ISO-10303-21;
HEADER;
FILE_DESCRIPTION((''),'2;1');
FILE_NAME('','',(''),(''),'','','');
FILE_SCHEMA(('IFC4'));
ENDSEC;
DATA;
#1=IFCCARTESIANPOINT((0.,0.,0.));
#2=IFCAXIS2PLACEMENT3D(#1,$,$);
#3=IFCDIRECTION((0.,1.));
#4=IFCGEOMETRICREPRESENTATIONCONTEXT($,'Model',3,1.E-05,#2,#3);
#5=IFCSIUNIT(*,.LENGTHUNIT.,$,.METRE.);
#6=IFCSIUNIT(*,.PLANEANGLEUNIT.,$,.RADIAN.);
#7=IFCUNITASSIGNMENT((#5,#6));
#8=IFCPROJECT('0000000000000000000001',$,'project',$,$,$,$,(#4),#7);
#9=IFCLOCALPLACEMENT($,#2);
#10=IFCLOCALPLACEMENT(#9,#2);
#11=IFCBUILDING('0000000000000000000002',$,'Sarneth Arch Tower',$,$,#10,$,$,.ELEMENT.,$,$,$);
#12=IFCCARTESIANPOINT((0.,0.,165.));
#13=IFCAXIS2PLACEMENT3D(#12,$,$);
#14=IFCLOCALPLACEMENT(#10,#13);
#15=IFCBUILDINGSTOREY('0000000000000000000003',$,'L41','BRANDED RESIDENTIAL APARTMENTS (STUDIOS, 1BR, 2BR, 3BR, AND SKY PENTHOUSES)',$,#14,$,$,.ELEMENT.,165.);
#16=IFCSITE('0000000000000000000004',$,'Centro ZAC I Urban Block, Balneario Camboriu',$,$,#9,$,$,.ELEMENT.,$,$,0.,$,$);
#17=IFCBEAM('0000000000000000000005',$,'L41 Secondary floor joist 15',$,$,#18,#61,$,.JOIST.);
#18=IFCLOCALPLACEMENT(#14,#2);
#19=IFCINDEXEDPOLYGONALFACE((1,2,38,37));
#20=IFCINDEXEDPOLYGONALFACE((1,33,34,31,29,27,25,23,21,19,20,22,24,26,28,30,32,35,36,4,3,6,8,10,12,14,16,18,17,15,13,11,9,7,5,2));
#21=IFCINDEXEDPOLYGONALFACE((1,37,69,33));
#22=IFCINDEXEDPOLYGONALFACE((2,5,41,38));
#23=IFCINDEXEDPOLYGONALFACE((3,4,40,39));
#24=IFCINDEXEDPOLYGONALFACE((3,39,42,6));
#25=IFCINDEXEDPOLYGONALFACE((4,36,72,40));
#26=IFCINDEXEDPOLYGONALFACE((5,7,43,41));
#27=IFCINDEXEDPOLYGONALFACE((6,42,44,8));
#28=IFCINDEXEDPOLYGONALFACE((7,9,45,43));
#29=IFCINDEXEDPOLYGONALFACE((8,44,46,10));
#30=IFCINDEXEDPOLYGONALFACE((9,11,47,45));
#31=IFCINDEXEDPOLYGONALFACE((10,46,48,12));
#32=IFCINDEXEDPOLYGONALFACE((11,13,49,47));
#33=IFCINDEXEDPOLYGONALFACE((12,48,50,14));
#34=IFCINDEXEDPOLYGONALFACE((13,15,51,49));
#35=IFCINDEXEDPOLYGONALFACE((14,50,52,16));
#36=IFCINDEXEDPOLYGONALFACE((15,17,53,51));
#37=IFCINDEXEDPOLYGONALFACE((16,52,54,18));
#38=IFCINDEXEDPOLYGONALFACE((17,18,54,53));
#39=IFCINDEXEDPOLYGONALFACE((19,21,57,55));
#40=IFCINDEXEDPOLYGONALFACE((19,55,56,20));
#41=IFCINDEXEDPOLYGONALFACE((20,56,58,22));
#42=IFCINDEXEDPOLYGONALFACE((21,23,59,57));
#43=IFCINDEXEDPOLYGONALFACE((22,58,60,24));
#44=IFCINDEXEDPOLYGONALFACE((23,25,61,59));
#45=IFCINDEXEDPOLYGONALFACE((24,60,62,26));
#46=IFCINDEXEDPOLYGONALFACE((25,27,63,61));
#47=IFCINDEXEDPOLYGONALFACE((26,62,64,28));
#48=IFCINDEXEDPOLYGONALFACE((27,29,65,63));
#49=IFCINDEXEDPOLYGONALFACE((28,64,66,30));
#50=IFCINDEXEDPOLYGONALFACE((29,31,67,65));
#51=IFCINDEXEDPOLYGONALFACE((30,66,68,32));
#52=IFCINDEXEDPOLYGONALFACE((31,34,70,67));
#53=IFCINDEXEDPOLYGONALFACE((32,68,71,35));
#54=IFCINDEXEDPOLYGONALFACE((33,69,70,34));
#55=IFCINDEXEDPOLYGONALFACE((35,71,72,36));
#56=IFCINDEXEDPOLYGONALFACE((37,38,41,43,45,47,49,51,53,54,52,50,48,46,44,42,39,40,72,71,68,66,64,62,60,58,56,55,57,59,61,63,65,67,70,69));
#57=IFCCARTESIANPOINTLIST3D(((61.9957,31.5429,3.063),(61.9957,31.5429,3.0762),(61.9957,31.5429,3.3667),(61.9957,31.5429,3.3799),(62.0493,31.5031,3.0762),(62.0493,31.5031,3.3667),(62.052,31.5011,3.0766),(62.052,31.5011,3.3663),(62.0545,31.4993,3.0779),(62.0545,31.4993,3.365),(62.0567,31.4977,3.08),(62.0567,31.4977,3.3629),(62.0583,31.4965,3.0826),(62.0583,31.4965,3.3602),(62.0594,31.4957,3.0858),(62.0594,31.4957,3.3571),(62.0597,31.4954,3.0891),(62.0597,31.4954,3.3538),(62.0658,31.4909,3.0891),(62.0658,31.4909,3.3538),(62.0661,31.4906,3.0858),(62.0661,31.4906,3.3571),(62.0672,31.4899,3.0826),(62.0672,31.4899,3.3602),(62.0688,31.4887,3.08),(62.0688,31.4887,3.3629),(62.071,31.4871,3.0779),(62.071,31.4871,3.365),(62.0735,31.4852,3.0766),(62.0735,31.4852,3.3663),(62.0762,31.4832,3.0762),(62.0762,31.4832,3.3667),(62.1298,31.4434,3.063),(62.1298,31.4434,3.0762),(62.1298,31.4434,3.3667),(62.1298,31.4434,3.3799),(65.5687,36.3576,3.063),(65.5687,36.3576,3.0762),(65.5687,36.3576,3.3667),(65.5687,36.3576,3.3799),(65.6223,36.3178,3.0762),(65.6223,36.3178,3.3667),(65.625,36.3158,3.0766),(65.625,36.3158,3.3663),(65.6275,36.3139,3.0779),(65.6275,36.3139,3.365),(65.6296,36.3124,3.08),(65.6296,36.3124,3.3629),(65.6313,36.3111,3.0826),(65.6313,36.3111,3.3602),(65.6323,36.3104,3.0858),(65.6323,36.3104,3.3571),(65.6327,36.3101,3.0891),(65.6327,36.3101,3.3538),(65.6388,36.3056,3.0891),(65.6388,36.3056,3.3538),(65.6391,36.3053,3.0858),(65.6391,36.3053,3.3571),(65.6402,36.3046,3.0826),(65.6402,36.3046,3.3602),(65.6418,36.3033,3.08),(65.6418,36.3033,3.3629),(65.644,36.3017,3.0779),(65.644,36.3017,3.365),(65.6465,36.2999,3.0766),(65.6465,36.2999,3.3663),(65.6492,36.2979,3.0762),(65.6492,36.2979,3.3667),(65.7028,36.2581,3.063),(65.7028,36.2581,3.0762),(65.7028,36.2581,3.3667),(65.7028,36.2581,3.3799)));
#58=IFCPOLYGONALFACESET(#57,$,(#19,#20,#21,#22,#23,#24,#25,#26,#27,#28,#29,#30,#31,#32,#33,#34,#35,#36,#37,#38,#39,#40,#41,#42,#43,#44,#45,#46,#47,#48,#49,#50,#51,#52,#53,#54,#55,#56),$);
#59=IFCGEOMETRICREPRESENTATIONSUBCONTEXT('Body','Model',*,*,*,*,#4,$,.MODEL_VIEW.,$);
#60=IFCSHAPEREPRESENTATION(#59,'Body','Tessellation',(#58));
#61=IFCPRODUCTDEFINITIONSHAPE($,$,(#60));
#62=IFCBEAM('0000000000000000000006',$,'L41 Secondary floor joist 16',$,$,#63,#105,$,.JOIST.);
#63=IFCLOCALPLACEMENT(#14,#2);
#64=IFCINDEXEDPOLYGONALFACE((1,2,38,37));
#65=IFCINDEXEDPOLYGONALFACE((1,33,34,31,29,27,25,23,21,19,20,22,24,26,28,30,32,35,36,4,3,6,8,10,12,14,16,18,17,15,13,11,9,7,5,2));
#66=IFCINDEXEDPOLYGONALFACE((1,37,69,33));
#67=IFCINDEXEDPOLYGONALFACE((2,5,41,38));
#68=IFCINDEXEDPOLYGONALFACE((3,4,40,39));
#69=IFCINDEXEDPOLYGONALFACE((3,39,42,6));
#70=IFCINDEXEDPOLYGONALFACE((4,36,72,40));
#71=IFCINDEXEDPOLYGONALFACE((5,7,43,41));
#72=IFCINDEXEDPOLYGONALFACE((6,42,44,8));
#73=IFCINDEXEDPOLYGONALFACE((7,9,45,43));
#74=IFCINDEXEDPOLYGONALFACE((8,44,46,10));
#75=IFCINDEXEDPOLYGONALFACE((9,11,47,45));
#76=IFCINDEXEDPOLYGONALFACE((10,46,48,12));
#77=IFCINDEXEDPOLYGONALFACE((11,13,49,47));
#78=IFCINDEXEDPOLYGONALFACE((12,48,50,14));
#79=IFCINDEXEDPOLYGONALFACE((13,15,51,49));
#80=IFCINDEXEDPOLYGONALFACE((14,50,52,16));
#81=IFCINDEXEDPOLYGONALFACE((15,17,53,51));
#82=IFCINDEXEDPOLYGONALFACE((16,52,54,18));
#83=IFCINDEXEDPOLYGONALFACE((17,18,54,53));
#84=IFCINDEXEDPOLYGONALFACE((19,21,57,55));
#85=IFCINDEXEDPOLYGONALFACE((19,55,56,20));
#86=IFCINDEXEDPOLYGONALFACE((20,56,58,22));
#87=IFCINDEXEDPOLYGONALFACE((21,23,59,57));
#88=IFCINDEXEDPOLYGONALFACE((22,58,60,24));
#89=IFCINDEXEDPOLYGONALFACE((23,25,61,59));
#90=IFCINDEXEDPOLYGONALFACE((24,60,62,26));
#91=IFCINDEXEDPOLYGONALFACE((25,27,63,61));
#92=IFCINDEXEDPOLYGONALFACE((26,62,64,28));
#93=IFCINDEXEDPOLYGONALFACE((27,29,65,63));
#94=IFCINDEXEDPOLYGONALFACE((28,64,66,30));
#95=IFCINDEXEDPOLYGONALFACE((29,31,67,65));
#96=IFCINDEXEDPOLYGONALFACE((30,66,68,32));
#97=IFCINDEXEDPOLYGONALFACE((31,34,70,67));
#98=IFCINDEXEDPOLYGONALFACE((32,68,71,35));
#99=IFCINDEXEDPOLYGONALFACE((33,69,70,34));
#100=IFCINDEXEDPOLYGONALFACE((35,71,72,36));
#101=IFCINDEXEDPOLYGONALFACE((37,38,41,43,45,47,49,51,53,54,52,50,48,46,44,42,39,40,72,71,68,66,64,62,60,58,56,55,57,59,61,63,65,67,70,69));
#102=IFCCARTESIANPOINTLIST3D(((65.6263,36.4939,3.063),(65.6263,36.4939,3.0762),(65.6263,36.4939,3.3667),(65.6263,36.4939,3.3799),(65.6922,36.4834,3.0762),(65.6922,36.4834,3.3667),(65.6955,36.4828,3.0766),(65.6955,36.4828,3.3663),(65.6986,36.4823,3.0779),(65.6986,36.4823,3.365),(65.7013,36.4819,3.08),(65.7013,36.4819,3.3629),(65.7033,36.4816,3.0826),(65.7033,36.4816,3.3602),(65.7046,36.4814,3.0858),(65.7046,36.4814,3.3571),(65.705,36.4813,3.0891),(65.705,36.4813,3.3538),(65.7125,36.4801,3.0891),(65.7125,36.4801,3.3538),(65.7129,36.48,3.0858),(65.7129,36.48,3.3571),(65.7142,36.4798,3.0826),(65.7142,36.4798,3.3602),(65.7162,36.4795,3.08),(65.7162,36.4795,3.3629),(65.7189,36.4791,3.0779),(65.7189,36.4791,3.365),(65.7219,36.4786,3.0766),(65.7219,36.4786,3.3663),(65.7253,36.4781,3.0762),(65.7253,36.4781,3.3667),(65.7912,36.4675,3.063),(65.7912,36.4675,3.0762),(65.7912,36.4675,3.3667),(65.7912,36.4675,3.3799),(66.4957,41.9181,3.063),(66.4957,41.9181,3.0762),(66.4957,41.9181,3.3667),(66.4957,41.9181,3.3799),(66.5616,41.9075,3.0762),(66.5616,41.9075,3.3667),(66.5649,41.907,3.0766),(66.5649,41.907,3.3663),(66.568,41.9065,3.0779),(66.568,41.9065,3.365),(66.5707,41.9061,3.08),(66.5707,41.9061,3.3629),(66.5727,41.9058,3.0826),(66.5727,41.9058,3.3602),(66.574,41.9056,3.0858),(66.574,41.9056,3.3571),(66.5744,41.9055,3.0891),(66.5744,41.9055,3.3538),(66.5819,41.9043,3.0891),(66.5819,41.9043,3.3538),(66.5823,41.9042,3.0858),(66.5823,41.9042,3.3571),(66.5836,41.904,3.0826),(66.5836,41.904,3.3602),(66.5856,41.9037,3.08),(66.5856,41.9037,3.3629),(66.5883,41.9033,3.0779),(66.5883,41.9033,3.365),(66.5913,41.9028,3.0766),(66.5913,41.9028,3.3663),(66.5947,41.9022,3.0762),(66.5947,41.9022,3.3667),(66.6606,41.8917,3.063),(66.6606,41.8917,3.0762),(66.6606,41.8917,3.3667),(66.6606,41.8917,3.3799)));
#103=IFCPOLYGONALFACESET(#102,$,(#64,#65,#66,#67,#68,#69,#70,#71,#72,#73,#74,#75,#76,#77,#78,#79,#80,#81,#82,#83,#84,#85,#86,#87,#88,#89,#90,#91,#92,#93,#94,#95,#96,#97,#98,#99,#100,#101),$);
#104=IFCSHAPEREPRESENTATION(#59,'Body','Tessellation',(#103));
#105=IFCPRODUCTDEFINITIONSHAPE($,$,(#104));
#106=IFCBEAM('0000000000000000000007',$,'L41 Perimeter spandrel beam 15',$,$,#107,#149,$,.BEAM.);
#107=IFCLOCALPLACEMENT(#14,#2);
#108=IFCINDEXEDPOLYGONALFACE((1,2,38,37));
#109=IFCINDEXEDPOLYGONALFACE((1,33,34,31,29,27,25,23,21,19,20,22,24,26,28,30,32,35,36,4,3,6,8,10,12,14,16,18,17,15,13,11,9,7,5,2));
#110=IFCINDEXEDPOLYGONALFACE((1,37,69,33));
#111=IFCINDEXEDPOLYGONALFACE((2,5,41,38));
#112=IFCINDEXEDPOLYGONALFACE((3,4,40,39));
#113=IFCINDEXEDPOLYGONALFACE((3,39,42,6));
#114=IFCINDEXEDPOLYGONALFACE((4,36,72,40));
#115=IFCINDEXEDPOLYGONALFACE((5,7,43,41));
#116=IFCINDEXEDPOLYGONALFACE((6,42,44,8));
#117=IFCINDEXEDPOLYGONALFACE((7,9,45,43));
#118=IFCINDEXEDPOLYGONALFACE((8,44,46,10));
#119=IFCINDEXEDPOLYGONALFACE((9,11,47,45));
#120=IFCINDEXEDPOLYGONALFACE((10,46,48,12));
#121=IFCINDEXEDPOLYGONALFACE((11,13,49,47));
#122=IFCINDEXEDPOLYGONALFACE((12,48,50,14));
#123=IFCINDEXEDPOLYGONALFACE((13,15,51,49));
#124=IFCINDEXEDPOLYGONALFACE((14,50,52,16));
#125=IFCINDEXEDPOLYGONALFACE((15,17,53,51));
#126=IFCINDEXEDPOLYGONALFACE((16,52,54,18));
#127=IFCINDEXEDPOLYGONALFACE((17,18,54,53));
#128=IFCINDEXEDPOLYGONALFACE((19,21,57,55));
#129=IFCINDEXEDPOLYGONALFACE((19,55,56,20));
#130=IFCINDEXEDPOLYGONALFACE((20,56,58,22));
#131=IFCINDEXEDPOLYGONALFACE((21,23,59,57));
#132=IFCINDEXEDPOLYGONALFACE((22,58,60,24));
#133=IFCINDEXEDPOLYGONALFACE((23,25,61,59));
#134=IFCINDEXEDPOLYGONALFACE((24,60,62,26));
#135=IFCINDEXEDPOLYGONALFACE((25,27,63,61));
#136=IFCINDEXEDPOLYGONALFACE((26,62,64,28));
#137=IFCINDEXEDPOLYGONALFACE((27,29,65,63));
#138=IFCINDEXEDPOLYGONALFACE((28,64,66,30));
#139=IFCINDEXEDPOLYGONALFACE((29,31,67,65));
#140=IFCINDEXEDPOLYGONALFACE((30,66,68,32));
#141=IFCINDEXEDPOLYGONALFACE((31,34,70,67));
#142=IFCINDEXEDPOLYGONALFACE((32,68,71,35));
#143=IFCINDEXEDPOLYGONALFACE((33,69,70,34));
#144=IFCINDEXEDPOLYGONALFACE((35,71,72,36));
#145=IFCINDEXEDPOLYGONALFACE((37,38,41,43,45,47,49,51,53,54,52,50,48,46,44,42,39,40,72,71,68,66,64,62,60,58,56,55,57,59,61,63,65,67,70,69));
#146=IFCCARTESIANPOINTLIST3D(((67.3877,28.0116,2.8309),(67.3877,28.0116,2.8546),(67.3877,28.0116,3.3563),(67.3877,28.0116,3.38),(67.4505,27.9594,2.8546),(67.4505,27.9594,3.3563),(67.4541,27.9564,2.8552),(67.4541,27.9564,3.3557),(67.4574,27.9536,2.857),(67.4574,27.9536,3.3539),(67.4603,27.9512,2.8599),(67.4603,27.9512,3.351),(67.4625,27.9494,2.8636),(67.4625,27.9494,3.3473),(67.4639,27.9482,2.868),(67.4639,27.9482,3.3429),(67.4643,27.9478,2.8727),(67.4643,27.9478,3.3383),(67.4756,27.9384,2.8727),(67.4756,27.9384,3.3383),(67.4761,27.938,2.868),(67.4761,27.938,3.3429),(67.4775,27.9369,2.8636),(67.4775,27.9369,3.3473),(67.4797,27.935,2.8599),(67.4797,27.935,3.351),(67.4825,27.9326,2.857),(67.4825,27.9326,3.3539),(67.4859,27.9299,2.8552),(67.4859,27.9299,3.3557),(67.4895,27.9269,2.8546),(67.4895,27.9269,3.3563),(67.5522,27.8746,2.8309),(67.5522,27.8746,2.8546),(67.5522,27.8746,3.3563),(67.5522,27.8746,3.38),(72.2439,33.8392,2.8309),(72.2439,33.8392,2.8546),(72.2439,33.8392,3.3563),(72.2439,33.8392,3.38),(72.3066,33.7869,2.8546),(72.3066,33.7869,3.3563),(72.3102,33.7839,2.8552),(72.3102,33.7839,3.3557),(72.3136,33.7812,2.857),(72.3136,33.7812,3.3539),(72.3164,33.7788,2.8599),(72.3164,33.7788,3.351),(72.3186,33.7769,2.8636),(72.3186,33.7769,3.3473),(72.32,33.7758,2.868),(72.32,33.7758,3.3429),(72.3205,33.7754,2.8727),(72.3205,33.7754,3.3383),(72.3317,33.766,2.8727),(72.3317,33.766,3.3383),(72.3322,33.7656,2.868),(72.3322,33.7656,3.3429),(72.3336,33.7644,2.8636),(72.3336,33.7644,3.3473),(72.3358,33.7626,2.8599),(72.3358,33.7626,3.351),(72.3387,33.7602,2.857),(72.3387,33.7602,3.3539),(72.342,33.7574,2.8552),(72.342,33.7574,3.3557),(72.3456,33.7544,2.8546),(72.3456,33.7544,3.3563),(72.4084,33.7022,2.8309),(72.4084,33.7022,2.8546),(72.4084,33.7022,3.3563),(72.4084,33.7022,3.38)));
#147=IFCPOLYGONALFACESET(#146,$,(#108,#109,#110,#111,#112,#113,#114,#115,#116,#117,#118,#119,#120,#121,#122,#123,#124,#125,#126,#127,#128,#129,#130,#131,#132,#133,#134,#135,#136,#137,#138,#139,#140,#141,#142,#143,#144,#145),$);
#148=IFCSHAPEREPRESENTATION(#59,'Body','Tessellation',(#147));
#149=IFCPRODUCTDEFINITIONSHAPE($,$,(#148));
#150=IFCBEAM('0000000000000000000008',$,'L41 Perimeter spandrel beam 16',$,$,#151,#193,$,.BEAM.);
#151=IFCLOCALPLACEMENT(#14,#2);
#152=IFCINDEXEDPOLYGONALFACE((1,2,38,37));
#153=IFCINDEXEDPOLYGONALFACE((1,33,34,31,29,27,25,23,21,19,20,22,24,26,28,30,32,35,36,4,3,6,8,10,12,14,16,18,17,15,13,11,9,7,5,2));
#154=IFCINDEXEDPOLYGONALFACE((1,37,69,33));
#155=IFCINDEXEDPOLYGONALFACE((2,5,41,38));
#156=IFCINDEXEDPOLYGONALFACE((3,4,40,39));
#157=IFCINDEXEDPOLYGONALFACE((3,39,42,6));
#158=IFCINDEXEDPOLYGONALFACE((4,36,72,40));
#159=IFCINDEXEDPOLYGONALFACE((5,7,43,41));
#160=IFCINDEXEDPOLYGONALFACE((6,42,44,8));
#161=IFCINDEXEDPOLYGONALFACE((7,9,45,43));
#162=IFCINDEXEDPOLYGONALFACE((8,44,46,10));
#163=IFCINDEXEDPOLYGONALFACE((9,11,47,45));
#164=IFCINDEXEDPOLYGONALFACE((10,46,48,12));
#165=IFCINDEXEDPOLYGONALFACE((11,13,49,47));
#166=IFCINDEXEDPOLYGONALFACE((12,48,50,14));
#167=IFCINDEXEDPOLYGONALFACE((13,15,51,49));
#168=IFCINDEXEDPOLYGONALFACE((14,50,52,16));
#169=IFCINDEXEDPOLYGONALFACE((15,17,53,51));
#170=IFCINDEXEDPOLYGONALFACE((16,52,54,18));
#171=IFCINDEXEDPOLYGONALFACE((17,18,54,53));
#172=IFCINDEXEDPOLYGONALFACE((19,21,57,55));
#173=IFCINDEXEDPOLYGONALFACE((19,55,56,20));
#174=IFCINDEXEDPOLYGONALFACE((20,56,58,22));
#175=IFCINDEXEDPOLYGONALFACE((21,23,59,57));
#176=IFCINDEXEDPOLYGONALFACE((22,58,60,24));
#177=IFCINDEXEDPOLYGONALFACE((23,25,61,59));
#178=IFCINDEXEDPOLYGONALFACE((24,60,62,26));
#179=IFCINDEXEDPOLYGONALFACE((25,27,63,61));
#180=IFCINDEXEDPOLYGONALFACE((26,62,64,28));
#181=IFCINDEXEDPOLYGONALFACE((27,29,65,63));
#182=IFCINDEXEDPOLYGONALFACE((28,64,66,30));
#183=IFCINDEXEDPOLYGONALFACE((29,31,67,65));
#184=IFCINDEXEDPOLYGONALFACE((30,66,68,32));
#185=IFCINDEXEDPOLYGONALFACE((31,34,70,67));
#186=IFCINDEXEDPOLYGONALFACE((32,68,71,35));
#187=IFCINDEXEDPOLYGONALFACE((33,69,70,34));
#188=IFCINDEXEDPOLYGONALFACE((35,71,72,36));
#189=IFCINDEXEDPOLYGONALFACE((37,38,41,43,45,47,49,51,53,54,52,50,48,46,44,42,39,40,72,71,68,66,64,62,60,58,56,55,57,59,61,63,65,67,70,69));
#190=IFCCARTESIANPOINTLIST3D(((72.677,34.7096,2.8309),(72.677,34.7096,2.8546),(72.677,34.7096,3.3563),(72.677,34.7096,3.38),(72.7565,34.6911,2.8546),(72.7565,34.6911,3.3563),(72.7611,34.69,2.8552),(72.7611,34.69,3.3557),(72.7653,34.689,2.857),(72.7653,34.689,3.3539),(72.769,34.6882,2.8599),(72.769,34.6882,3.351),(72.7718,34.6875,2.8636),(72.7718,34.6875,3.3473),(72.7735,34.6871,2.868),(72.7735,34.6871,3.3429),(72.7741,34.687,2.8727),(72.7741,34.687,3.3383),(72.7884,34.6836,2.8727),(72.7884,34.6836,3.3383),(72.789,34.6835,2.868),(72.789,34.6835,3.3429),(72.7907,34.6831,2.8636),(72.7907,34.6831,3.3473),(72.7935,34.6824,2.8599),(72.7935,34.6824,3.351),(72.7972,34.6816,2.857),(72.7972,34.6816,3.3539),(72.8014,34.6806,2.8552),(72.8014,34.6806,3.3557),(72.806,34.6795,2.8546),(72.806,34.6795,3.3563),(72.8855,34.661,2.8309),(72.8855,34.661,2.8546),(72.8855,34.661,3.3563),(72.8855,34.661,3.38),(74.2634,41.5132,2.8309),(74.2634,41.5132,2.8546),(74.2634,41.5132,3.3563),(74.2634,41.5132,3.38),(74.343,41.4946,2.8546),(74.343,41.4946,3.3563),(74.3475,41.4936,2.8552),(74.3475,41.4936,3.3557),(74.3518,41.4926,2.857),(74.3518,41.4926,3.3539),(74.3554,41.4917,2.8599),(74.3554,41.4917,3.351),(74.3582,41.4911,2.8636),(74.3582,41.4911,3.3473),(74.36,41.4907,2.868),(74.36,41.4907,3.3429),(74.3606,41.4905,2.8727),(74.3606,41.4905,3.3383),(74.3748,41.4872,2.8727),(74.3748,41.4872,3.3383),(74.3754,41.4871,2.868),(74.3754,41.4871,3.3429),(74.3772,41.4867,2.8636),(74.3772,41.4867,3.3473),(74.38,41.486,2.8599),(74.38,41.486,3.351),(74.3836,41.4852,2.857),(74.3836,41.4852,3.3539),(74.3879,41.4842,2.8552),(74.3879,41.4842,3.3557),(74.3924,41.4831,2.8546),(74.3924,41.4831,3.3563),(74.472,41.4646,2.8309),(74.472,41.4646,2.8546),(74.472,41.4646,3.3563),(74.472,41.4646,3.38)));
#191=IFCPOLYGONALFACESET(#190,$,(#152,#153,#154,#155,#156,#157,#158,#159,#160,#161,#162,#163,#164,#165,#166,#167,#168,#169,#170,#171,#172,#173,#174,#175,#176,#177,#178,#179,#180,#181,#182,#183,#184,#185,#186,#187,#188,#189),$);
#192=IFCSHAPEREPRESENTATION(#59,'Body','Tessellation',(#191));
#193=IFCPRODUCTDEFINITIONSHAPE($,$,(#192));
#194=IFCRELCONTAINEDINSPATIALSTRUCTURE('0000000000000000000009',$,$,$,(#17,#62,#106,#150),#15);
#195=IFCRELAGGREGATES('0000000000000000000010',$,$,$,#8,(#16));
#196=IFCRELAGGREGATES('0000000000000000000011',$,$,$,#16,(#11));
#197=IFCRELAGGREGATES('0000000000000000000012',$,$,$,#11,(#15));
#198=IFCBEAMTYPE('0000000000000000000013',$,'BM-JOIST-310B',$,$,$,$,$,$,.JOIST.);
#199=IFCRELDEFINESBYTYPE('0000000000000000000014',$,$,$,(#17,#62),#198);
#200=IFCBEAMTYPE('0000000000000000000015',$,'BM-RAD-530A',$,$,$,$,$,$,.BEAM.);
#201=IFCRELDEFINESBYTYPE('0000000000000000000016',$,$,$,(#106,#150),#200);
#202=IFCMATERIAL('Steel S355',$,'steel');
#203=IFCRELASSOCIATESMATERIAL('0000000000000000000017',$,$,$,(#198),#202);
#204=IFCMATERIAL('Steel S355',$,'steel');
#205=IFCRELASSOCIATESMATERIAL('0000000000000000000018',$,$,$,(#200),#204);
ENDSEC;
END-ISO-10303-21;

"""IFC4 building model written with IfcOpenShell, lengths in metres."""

from ifc_helpers import new_model, si_unit, direction, frame, origin, origin_2d, place, context, subcontext, project, spatial, i_section, extrude, material, material_profile, profile_set, type_object, element, save


model = new_model("IFC4")

# Units and contexts
model_context = context("Model", 3, precision=1e-05, world=origin(), true_north=direction((0.0, 1.0)))
body_context = subcontext(model_context, "Body", "Model", "MODEL_VIEW")
ifc_project = project(units=[si_unit("LENGTHUNIT", "METRE"), si_unit("PLANEANGLEUNIT", "RADIAN")], contexts=[model_context])

# Site, building, storey
site_placement = place(None, origin())
site = spatial("IfcSite", under=ifc_project, at=site_placement, Name="Centro ZAC I Urban Block, Balneario Camboriu", CompositionType="ELEMENT", RefElevation=0.0)
building_placement = place(site_placement, origin())
building = spatial("IfcBuilding", under=site, at=building_placement, Name="Sarneth Arch Tower", CompositionType="ELEMENT")
storey_placement = place(building_placement, frame((0.0, 0.0, 165.0)))
storey = spatial("IfcBuildingStorey", under=building, at=storey_placement, Name="L41", Description="BRANDED RESIDENTIAL APARTMENTS (STUDIOS, 1BR, 2BR, 3BR, AND SKY PENTHOUSES)", CompositionType="ELEMENT", Elevation=165.0)

# Beams
ifc_material_1 = material(Name="Steel S355", Category="steel")
ifc_material_profile_1 = material_profile(ifc_material_1, i_section(OverallWidth=0.167, OverallDepth=0.3169, WebThickness=0.0076, FlangeThickness=0.0132, FilletRadius=0.0129, at=origin_2d()), Name="W310x52")
ifc_profile_set_1 = profile_set([ifc_material_profile_1], Name="Steel S355")
beam_type_1 = type_object("IfcBeamType", Name="BM-JOIST-310B", PredefinedType="JOIST", material=ifc_profile_set_1)
beam_1_placement = place(storey_placement, frame((62.0627, 31.4932, 3.2214), z_axis=(0.595933, 0.803034, 0.0), x_axis=(-0.803034, 0.595933, 0.0)))
element("IfcBeam", 1, at=beam_1_placement, inside=storey, type_object=beam_type_1, Name="L41 Secondary floor joist 15", PredefinedType="JOIST", context=body_context, shape_type="SweptSolid", body=[
    extrude(i_section(OverallWidth=0.167, OverallDepth=0.3169, WebThickness=0.0076, FlangeThickness=0.0132, FilletRadius=0.0129, at=origin_2d()), origin(), (0.0, 0.0, 1.0), 5.9956),
])
beam_2_placement = place(storey_placement, frame((65.7087, 36.4807, 3.2214), z_axis=(0.158263, 0.987397, 0.0), x_axis=(-0.987397, 0.158263, 0.0)))
element("IfcBeam", 2, at=beam_2_placement, inside=storey, type_object=beam_type_1, Name="L41 Secondary floor joist 16", PredefinedType="JOIST", context=body_context, shape_type="SweptSolid", body=[
    extrude(i_section(OverallWidth=0.167, OverallDepth=0.3169, WebThickness=0.0076, FlangeThickness=0.0132, FilletRadius=0.0129, at=origin_2d()), origin(), (0.0, 0.0, 1.0), 5.4934),
])
ifc_material_2 = material(Name="Steel S355", Category="steel")
ifc_material_profile_2 = material_profile(ifc_material_2, i_section(OverallWidth=0.2141, OverallDepth=0.5491, WebThickness=0.0146, FlangeThickness=0.0237, FilletRadius=0.0181, at=origin_2d()), Name="W530x138")
ifc_profile_set_2 = profile_set([ifc_material_profile_2], Name="Steel S355")
beam_type_2 = type_object("IfcBeamType", Name="BM-RAD-530A", PredefinedType="BEAM", material=ifc_profile_set_2)
beam_3_placement = place(storey_placement, frame((67.47, 27.9431, 3.1055), z_axis=(0.640172, 0.768232, 0.0), x_axis=(-0.768232, 0.640172, 0.0)))
element("IfcBeam", 3, at=beam_3_placement, inside=storey, type_object=beam_type_2, Name="L41 Perimeter spandrel beam 15", PredefinedType="BEAM", context=body_context, shape_type="SweptSolid", body=[
    extrude(i_section(OverallWidth=0.2141, OverallDepth=0.5491, WebThickness=0.0146, FlangeThickness=0.0237, FilletRadius=0.0181, at=origin_2d()), origin(), (0.0, 0.0, 1.0), 7.5857),
])
beam_4_placement = place(storey_placement, frame((72.7812, 34.6853, 3.1055), z_axis=(0.227087, 0.973874, 0.0), x_axis=(-0.973874, 0.227087, 0.0)))
element("IfcBeam", 4, at=beam_4_placement, inside=storey, type_object=beam_type_2, Name="L41 Perimeter spandrel beam 16", PredefinedType="BEAM", context=body_context, shape_type="SweptSolid", body=[
    extrude(i_section(OverallWidth=0.2141, OverallDepth=0.5491, WebThickness=0.0146, FlangeThickness=0.0237, FilletRadius=0.0181, at=origin_2d()), origin(), (0.0, 0.0, 1.0), 6.9861),
])

save(model, "model.ifc")
